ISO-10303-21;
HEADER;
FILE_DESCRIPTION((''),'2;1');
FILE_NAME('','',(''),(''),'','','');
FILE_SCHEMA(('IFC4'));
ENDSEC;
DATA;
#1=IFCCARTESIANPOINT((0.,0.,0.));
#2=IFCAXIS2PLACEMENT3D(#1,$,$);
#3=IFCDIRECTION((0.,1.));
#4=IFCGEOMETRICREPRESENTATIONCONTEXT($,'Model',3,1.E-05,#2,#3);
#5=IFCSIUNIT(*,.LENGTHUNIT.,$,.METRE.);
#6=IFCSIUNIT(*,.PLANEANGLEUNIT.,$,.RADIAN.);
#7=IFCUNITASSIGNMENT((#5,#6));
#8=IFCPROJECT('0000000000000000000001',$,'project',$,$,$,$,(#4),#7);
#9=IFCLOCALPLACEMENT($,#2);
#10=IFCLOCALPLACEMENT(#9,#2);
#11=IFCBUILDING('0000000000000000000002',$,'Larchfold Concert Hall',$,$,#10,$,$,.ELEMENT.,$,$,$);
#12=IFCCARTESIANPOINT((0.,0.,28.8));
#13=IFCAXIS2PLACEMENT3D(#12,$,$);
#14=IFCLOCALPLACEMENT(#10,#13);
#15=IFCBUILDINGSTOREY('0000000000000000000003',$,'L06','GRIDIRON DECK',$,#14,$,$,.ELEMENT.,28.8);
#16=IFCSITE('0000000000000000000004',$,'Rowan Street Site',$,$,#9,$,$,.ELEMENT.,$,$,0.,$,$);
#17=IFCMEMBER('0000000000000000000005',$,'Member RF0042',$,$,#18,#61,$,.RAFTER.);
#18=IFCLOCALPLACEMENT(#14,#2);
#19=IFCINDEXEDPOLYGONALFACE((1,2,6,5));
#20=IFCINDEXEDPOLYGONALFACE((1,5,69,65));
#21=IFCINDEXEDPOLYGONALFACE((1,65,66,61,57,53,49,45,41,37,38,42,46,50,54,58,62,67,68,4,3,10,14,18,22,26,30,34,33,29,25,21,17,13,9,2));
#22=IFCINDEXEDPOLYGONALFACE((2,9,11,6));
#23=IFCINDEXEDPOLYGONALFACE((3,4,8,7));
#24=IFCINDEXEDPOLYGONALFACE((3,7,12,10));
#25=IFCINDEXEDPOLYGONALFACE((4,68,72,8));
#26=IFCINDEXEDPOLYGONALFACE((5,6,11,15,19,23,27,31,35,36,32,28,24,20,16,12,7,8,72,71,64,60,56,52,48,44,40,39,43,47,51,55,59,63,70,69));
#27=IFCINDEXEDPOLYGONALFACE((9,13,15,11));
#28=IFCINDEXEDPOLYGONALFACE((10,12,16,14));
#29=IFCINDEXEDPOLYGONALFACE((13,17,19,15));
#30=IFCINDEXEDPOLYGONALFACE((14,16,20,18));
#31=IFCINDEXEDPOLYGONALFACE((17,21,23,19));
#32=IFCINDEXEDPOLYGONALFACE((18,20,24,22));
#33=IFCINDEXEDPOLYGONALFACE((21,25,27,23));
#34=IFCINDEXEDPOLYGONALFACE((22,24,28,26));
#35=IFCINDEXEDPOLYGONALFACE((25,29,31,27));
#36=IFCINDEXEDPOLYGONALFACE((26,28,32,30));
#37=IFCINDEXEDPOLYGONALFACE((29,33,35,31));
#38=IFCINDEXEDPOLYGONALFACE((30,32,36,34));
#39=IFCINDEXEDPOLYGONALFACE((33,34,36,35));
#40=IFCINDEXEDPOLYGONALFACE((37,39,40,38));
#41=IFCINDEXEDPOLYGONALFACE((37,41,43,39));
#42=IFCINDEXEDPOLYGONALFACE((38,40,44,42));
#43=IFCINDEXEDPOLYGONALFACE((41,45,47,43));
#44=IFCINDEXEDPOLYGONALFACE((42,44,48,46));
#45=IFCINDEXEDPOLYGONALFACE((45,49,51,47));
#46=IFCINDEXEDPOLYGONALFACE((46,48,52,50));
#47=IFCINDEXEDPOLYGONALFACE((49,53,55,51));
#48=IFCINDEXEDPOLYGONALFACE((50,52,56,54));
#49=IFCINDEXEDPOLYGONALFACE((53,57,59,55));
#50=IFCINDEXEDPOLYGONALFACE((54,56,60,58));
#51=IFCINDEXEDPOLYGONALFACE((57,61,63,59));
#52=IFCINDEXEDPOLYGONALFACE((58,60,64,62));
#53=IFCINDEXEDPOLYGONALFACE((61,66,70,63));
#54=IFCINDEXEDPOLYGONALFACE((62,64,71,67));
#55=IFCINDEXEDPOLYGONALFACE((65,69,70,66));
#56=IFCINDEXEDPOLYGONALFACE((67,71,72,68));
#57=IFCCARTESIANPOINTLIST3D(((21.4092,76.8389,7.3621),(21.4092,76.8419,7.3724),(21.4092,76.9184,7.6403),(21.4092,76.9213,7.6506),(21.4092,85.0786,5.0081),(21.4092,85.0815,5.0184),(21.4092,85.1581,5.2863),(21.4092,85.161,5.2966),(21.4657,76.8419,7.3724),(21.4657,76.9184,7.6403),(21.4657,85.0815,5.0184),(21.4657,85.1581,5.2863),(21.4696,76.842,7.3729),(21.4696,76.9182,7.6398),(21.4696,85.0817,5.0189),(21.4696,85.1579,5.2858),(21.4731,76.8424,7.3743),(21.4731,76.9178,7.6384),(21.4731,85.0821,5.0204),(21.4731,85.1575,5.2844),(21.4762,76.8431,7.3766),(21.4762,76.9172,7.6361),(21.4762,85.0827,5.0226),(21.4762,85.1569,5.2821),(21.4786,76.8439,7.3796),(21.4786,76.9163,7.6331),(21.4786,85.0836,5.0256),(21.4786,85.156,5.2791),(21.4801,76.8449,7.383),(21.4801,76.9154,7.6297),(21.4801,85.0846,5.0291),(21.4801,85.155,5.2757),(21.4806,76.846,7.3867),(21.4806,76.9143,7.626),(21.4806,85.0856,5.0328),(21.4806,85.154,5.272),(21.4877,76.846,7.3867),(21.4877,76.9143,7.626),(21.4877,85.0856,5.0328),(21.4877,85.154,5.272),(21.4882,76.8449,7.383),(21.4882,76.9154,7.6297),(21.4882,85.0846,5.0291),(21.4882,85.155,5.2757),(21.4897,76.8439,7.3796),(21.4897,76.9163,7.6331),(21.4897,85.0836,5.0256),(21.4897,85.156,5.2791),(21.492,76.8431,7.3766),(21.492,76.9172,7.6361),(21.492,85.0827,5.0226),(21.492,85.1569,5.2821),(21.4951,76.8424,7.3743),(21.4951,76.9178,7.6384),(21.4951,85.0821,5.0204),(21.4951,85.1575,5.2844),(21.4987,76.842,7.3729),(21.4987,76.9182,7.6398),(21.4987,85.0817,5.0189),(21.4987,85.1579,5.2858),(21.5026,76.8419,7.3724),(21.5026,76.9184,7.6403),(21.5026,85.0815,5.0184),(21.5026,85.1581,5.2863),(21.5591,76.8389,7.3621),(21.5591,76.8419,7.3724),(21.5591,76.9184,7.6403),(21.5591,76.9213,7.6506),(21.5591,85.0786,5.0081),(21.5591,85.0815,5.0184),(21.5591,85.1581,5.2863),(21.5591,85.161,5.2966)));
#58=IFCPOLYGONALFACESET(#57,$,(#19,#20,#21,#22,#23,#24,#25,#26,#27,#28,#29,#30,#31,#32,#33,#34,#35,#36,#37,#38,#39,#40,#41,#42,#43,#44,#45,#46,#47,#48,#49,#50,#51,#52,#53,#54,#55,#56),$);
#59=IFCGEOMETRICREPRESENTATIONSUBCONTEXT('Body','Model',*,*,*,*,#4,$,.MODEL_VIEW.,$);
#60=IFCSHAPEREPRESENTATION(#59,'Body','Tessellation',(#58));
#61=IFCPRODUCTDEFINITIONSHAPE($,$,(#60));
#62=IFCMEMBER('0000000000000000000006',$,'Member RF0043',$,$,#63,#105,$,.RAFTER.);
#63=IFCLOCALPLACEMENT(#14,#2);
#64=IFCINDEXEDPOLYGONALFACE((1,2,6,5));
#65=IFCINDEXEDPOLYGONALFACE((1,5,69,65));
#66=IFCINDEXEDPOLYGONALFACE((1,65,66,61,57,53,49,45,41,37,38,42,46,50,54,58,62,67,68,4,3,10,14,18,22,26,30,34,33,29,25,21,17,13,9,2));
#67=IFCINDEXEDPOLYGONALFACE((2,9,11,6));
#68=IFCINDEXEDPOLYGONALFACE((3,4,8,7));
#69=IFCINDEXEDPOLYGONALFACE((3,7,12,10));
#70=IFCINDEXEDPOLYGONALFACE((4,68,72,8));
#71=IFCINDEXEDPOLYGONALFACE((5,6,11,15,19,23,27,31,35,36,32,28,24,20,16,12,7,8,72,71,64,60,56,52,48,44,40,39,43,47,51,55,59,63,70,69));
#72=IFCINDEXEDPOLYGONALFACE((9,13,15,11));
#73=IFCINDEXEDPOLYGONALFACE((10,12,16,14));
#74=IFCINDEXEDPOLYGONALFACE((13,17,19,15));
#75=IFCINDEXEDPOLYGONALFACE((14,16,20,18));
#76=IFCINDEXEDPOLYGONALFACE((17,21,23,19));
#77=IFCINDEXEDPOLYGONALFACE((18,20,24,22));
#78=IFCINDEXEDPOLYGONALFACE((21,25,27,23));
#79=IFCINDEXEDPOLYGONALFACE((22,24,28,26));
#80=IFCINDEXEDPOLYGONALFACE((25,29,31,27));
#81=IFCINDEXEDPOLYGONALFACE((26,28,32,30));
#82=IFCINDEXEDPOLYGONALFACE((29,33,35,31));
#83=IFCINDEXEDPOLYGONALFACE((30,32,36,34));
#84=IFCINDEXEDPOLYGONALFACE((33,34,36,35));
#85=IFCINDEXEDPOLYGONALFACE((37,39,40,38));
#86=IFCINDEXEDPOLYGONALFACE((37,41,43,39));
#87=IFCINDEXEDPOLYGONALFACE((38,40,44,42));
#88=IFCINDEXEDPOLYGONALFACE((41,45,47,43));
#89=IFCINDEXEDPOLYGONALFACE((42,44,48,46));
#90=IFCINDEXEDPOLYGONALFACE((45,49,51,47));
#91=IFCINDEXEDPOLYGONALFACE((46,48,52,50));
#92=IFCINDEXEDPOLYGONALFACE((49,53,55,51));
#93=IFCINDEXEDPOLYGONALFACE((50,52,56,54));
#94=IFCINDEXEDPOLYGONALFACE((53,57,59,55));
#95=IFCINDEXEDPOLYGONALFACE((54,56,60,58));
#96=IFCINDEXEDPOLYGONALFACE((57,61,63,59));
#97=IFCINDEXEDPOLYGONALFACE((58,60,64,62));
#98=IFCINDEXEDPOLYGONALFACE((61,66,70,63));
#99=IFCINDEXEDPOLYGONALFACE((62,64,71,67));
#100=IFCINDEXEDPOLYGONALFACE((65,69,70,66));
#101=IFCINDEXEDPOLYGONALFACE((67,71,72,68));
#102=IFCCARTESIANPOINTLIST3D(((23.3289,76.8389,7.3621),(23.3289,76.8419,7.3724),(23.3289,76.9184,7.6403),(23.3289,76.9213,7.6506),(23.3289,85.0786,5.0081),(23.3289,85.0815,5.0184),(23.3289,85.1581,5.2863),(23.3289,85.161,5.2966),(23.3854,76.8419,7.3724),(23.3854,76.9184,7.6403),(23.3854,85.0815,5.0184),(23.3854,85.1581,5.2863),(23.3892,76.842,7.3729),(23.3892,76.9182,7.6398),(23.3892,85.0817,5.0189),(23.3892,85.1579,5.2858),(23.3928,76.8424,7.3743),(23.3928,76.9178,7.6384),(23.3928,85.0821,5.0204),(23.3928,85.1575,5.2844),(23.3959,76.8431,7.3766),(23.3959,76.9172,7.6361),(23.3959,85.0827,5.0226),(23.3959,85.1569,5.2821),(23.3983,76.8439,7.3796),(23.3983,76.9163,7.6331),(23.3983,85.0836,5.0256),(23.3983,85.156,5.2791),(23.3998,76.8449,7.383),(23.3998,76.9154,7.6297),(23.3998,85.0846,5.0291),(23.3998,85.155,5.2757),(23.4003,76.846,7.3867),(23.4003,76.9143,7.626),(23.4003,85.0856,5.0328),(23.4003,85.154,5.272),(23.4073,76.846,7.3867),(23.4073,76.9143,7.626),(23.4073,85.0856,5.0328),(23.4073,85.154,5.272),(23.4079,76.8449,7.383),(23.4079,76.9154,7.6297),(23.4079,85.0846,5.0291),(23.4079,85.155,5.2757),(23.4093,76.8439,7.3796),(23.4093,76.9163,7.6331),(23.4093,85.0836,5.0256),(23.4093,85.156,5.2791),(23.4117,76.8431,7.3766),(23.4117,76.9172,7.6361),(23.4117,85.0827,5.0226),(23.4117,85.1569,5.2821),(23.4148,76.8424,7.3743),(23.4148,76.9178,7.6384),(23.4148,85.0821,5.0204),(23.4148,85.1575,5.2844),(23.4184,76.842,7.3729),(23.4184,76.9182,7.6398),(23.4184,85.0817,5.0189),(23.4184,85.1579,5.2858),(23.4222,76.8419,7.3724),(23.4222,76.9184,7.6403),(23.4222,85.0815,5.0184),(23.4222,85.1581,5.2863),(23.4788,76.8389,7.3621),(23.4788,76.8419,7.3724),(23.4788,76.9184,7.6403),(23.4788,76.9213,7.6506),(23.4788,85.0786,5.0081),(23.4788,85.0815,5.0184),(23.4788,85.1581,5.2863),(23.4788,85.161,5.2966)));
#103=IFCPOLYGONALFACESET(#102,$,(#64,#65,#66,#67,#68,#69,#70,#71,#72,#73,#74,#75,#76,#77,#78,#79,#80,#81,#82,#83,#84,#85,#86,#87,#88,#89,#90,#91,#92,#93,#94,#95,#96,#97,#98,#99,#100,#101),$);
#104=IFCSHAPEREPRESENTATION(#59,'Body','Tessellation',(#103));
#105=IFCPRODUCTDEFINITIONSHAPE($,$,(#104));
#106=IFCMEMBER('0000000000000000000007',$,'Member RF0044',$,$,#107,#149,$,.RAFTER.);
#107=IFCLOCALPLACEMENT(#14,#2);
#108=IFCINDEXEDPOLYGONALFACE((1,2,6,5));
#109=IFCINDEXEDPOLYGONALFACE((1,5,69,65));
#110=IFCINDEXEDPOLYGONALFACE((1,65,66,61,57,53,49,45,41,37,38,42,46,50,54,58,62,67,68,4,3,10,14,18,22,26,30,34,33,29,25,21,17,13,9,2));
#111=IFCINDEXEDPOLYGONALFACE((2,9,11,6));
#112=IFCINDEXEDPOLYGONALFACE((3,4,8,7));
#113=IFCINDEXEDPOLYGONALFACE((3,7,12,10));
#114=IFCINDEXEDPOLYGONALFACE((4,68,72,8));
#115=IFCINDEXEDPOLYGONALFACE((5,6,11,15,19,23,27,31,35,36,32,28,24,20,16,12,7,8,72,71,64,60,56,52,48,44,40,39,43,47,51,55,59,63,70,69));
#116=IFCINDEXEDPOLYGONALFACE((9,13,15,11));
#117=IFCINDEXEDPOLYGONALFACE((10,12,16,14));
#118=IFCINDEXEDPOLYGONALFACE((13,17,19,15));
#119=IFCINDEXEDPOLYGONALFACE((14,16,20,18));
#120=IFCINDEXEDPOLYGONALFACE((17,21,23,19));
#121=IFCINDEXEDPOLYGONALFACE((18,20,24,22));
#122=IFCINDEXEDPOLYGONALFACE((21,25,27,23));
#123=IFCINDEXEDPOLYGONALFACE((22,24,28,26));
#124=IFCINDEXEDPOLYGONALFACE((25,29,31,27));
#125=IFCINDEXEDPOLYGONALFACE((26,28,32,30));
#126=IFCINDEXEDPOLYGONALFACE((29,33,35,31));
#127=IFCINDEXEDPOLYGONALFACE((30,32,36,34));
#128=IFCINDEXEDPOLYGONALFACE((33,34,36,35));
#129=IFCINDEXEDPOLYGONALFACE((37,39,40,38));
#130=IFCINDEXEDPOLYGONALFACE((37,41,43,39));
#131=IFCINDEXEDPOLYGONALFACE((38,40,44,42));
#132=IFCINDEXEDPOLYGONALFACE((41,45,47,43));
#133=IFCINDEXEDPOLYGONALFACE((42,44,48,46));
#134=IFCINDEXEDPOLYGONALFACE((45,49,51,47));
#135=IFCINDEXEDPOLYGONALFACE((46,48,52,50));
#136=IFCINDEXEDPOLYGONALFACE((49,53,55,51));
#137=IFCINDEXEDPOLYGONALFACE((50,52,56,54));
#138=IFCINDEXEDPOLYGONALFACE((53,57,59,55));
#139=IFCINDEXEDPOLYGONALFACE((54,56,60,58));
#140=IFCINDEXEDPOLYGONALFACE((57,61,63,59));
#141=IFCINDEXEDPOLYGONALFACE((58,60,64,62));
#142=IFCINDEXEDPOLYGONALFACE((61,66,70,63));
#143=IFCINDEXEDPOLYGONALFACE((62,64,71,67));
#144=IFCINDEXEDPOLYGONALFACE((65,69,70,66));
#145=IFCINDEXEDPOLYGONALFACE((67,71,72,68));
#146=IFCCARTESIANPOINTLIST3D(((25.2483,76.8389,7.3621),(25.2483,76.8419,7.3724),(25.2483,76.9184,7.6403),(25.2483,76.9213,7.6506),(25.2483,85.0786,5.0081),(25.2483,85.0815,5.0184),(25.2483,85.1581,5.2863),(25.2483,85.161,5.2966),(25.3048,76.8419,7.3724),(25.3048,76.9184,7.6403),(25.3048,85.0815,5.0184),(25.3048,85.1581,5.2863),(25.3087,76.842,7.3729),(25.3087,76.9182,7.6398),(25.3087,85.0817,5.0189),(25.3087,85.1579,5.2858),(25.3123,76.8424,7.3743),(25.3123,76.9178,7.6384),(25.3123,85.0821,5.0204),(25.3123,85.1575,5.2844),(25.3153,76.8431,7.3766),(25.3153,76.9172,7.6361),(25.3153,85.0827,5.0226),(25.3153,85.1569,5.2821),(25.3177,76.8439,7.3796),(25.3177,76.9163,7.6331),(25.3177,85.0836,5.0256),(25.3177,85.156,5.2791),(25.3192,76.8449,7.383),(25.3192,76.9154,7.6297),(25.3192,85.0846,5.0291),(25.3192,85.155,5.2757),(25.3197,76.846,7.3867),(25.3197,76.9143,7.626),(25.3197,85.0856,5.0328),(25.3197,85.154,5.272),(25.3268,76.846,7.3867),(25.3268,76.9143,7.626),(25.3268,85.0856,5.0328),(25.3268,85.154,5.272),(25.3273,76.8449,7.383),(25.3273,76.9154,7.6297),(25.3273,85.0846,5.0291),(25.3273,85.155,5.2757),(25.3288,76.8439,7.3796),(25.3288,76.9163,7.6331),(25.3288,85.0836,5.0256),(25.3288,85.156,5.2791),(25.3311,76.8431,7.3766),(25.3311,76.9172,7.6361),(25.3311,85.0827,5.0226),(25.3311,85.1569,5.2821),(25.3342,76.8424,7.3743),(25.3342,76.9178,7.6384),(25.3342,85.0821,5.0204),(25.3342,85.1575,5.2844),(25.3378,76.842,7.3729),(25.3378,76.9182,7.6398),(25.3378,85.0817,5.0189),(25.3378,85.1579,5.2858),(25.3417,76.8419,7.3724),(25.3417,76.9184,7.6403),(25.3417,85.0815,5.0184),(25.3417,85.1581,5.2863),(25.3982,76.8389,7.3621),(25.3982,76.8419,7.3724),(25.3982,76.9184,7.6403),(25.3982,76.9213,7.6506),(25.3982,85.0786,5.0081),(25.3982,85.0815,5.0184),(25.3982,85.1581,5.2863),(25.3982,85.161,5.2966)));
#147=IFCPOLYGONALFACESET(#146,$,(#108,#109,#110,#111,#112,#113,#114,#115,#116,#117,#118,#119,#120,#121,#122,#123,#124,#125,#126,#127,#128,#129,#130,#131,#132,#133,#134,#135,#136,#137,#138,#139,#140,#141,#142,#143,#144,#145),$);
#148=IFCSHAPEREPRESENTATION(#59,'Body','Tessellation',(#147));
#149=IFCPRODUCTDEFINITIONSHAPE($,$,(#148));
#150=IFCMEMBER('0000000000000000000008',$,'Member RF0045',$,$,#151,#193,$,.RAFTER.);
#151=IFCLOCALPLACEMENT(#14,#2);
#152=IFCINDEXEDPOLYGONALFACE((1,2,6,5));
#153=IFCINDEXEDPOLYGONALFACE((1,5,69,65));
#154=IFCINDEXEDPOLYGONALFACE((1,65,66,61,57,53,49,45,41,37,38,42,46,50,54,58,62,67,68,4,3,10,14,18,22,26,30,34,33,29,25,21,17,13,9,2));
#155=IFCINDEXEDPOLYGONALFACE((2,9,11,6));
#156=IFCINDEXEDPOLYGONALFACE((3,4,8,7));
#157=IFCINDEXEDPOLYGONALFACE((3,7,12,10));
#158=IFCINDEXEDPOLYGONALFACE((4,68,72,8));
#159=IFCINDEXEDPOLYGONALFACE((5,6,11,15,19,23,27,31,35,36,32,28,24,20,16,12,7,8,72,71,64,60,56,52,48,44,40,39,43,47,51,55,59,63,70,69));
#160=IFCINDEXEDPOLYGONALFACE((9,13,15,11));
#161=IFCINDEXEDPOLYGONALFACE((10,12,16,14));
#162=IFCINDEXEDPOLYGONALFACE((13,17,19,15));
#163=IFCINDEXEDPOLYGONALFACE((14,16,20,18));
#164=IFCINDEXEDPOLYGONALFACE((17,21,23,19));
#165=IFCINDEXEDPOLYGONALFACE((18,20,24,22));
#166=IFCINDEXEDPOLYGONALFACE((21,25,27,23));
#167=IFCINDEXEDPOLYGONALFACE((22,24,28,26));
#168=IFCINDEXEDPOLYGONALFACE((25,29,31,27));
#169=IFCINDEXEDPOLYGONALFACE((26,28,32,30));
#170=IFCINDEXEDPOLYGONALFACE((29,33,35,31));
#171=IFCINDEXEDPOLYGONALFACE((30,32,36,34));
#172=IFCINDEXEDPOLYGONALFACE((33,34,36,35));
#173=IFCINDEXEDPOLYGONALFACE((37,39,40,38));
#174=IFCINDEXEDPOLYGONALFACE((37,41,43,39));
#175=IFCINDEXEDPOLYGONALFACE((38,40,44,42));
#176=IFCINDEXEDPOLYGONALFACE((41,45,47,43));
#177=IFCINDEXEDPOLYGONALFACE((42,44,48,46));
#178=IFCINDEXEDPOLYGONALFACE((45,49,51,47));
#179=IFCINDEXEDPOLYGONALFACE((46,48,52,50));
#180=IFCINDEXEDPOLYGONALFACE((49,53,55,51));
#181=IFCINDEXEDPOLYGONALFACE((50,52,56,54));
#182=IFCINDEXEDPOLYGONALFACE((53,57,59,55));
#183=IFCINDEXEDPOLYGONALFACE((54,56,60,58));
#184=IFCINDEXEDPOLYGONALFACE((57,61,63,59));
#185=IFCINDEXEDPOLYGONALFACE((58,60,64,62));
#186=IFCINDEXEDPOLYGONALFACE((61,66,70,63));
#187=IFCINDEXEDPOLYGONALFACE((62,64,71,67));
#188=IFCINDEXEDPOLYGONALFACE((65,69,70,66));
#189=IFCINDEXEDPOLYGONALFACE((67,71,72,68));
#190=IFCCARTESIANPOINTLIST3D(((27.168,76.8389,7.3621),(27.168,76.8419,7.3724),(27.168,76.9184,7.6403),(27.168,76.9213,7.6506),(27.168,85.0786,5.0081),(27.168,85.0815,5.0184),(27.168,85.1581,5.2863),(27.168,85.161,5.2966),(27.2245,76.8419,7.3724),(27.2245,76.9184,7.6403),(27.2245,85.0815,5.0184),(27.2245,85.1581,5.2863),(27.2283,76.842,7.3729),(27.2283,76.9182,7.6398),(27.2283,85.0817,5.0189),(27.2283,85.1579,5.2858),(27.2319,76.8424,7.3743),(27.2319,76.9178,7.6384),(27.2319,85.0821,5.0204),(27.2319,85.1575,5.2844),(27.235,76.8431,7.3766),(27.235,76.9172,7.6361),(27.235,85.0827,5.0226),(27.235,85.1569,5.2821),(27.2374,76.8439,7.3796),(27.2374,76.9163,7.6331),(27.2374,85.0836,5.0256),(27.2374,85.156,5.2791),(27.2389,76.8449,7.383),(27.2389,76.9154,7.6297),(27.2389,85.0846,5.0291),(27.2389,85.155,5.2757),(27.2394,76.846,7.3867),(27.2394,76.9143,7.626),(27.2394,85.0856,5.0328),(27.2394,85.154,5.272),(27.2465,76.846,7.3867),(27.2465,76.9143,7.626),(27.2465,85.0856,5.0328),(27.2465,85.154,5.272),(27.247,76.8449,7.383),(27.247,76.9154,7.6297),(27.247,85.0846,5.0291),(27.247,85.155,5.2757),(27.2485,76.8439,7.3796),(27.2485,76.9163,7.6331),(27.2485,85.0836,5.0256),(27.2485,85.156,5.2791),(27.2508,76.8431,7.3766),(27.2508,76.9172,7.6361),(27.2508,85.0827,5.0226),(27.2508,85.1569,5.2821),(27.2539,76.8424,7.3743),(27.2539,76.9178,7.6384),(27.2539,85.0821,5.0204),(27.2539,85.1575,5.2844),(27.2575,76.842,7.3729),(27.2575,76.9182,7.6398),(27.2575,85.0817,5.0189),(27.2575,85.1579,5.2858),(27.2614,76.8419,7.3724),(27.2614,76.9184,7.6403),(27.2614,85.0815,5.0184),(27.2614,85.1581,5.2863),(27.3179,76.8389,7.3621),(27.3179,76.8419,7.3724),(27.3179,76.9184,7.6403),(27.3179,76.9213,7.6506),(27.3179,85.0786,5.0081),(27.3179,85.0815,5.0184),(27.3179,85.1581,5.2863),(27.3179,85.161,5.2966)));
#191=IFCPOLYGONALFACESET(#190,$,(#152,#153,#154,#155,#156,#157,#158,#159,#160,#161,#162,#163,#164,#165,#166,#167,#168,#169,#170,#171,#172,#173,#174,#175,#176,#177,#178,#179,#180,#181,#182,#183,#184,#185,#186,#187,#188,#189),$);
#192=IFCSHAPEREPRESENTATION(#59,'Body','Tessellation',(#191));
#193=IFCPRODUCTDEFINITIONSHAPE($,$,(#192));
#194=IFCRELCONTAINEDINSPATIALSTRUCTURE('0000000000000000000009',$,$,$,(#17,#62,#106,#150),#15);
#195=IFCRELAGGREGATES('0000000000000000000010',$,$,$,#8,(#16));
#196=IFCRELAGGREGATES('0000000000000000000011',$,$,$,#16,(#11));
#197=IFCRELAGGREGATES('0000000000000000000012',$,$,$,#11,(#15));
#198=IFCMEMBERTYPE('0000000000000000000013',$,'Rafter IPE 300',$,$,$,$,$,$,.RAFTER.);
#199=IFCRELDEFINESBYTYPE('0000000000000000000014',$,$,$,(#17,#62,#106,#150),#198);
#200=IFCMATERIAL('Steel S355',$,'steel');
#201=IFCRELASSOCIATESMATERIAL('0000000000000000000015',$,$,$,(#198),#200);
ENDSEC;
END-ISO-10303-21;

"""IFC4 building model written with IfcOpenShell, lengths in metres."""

from ifc_helpers import new_model, si_unit, direction, frame, origin, origin_2d, place, context, subcontext, project, spatial, i_section, extrude, material, material_profile, profile_set, type_object, element, save


model = new_model("IFC4")

# Units and contexts
model_context = context("Model", 3, precision=1e-05, world=origin(), true_north=direction((0.0, 1.0)))
body_context = subcontext(model_context, "Body", "Model", "MODEL_VIEW")
ifc_project = project(units=[si_unit("LENGTHUNIT", "METRE"), si_unit("PLANEANGLEUNIT", "RADIAN")], contexts=[model_context])

# Site, building, storey
site_placement = place(None, origin())
site = spatial("IfcSite", under=ifc_project, at=site_placement, Name="Rowan Street Site", CompositionType="ELEMENT", RefElevation=0.0)
building_placement = place(site_placement, origin())
building = spatial("IfcBuilding", under=site, at=building_placement, Name="Larchfold Concert Hall", CompositionType="ELEMENT")
storey_placement = place(building_placement, frame((0.0, 0.0, 28.8)))
storey = spatial("IfcBuildingStorey", under=building, at=storey_placement, Name="L06", Description="GRIDIRON DECK", CompositionType="ELEMENT", Elevation=28.8)

# Members
ifc_material_1 = material(Name="Steel S355", Category="steel")
ifc_material_profile_1 = material_profile(ifc_material_1, i_section(OverallWidth=0.1499, OverallDepth=0.3, WebThickness=0.0071, FlangeThickness=0.0107, FilletRadius=0.0149, at=origin_2d()))
ifc_profile_set_1 = profile_set([ifc_material_profile_1], Name="Steel S355")
member_type_1 = type_object("IfcMemberType", Name="Rafter IPE 300", PredefinedType="RAFTER", material=ifc_profile_set_1)
for number, where, z_axis, x_axis, name in (
    (1, (21.4841, 76.8801, 7.5063), (0.0, 0.96153, -0.274699), (-1.0, 0.0, 0.0), "Member RF0042"),
    (2, (23.4038, 76.8801, 7.5063), (0.0, 0.96153, -0.274699), (-1.0, 0.0, 0.0), "Member RF0043"),
    (3, (25.3232, 76.8801, 7.5063), (0.0, 0.96153, -0.274699), (-1.0, 0.0, 0.0), "Member RF0044"),
    (4, (27.2429, 76.8801, 7.5063), (0.0, 0.96153, -0.274699), (-1.0, 0.0, 0.0), "Member RF0045"),
):
    element("IfcMember", number, at=place(storey_placement, frame(where, z_axis=z_axis, x_axis=x_axis)), inside=storey, type_object=member_type_1, Name=name, PredefinedType="RAFTER", context=body_context, shape_type="SweptSolid", body=[
        extrude(i_section(OverallWidth=0.1499, OverallDepth=0.3, WebThickness=0.0071, FlangeThickness=0.0107, FilletRadius=0.0149, at=origin_2d()), origin(), (0.0, 0.0, 1.0), 8.5693),
    ])

save(model, "model.ifc")
